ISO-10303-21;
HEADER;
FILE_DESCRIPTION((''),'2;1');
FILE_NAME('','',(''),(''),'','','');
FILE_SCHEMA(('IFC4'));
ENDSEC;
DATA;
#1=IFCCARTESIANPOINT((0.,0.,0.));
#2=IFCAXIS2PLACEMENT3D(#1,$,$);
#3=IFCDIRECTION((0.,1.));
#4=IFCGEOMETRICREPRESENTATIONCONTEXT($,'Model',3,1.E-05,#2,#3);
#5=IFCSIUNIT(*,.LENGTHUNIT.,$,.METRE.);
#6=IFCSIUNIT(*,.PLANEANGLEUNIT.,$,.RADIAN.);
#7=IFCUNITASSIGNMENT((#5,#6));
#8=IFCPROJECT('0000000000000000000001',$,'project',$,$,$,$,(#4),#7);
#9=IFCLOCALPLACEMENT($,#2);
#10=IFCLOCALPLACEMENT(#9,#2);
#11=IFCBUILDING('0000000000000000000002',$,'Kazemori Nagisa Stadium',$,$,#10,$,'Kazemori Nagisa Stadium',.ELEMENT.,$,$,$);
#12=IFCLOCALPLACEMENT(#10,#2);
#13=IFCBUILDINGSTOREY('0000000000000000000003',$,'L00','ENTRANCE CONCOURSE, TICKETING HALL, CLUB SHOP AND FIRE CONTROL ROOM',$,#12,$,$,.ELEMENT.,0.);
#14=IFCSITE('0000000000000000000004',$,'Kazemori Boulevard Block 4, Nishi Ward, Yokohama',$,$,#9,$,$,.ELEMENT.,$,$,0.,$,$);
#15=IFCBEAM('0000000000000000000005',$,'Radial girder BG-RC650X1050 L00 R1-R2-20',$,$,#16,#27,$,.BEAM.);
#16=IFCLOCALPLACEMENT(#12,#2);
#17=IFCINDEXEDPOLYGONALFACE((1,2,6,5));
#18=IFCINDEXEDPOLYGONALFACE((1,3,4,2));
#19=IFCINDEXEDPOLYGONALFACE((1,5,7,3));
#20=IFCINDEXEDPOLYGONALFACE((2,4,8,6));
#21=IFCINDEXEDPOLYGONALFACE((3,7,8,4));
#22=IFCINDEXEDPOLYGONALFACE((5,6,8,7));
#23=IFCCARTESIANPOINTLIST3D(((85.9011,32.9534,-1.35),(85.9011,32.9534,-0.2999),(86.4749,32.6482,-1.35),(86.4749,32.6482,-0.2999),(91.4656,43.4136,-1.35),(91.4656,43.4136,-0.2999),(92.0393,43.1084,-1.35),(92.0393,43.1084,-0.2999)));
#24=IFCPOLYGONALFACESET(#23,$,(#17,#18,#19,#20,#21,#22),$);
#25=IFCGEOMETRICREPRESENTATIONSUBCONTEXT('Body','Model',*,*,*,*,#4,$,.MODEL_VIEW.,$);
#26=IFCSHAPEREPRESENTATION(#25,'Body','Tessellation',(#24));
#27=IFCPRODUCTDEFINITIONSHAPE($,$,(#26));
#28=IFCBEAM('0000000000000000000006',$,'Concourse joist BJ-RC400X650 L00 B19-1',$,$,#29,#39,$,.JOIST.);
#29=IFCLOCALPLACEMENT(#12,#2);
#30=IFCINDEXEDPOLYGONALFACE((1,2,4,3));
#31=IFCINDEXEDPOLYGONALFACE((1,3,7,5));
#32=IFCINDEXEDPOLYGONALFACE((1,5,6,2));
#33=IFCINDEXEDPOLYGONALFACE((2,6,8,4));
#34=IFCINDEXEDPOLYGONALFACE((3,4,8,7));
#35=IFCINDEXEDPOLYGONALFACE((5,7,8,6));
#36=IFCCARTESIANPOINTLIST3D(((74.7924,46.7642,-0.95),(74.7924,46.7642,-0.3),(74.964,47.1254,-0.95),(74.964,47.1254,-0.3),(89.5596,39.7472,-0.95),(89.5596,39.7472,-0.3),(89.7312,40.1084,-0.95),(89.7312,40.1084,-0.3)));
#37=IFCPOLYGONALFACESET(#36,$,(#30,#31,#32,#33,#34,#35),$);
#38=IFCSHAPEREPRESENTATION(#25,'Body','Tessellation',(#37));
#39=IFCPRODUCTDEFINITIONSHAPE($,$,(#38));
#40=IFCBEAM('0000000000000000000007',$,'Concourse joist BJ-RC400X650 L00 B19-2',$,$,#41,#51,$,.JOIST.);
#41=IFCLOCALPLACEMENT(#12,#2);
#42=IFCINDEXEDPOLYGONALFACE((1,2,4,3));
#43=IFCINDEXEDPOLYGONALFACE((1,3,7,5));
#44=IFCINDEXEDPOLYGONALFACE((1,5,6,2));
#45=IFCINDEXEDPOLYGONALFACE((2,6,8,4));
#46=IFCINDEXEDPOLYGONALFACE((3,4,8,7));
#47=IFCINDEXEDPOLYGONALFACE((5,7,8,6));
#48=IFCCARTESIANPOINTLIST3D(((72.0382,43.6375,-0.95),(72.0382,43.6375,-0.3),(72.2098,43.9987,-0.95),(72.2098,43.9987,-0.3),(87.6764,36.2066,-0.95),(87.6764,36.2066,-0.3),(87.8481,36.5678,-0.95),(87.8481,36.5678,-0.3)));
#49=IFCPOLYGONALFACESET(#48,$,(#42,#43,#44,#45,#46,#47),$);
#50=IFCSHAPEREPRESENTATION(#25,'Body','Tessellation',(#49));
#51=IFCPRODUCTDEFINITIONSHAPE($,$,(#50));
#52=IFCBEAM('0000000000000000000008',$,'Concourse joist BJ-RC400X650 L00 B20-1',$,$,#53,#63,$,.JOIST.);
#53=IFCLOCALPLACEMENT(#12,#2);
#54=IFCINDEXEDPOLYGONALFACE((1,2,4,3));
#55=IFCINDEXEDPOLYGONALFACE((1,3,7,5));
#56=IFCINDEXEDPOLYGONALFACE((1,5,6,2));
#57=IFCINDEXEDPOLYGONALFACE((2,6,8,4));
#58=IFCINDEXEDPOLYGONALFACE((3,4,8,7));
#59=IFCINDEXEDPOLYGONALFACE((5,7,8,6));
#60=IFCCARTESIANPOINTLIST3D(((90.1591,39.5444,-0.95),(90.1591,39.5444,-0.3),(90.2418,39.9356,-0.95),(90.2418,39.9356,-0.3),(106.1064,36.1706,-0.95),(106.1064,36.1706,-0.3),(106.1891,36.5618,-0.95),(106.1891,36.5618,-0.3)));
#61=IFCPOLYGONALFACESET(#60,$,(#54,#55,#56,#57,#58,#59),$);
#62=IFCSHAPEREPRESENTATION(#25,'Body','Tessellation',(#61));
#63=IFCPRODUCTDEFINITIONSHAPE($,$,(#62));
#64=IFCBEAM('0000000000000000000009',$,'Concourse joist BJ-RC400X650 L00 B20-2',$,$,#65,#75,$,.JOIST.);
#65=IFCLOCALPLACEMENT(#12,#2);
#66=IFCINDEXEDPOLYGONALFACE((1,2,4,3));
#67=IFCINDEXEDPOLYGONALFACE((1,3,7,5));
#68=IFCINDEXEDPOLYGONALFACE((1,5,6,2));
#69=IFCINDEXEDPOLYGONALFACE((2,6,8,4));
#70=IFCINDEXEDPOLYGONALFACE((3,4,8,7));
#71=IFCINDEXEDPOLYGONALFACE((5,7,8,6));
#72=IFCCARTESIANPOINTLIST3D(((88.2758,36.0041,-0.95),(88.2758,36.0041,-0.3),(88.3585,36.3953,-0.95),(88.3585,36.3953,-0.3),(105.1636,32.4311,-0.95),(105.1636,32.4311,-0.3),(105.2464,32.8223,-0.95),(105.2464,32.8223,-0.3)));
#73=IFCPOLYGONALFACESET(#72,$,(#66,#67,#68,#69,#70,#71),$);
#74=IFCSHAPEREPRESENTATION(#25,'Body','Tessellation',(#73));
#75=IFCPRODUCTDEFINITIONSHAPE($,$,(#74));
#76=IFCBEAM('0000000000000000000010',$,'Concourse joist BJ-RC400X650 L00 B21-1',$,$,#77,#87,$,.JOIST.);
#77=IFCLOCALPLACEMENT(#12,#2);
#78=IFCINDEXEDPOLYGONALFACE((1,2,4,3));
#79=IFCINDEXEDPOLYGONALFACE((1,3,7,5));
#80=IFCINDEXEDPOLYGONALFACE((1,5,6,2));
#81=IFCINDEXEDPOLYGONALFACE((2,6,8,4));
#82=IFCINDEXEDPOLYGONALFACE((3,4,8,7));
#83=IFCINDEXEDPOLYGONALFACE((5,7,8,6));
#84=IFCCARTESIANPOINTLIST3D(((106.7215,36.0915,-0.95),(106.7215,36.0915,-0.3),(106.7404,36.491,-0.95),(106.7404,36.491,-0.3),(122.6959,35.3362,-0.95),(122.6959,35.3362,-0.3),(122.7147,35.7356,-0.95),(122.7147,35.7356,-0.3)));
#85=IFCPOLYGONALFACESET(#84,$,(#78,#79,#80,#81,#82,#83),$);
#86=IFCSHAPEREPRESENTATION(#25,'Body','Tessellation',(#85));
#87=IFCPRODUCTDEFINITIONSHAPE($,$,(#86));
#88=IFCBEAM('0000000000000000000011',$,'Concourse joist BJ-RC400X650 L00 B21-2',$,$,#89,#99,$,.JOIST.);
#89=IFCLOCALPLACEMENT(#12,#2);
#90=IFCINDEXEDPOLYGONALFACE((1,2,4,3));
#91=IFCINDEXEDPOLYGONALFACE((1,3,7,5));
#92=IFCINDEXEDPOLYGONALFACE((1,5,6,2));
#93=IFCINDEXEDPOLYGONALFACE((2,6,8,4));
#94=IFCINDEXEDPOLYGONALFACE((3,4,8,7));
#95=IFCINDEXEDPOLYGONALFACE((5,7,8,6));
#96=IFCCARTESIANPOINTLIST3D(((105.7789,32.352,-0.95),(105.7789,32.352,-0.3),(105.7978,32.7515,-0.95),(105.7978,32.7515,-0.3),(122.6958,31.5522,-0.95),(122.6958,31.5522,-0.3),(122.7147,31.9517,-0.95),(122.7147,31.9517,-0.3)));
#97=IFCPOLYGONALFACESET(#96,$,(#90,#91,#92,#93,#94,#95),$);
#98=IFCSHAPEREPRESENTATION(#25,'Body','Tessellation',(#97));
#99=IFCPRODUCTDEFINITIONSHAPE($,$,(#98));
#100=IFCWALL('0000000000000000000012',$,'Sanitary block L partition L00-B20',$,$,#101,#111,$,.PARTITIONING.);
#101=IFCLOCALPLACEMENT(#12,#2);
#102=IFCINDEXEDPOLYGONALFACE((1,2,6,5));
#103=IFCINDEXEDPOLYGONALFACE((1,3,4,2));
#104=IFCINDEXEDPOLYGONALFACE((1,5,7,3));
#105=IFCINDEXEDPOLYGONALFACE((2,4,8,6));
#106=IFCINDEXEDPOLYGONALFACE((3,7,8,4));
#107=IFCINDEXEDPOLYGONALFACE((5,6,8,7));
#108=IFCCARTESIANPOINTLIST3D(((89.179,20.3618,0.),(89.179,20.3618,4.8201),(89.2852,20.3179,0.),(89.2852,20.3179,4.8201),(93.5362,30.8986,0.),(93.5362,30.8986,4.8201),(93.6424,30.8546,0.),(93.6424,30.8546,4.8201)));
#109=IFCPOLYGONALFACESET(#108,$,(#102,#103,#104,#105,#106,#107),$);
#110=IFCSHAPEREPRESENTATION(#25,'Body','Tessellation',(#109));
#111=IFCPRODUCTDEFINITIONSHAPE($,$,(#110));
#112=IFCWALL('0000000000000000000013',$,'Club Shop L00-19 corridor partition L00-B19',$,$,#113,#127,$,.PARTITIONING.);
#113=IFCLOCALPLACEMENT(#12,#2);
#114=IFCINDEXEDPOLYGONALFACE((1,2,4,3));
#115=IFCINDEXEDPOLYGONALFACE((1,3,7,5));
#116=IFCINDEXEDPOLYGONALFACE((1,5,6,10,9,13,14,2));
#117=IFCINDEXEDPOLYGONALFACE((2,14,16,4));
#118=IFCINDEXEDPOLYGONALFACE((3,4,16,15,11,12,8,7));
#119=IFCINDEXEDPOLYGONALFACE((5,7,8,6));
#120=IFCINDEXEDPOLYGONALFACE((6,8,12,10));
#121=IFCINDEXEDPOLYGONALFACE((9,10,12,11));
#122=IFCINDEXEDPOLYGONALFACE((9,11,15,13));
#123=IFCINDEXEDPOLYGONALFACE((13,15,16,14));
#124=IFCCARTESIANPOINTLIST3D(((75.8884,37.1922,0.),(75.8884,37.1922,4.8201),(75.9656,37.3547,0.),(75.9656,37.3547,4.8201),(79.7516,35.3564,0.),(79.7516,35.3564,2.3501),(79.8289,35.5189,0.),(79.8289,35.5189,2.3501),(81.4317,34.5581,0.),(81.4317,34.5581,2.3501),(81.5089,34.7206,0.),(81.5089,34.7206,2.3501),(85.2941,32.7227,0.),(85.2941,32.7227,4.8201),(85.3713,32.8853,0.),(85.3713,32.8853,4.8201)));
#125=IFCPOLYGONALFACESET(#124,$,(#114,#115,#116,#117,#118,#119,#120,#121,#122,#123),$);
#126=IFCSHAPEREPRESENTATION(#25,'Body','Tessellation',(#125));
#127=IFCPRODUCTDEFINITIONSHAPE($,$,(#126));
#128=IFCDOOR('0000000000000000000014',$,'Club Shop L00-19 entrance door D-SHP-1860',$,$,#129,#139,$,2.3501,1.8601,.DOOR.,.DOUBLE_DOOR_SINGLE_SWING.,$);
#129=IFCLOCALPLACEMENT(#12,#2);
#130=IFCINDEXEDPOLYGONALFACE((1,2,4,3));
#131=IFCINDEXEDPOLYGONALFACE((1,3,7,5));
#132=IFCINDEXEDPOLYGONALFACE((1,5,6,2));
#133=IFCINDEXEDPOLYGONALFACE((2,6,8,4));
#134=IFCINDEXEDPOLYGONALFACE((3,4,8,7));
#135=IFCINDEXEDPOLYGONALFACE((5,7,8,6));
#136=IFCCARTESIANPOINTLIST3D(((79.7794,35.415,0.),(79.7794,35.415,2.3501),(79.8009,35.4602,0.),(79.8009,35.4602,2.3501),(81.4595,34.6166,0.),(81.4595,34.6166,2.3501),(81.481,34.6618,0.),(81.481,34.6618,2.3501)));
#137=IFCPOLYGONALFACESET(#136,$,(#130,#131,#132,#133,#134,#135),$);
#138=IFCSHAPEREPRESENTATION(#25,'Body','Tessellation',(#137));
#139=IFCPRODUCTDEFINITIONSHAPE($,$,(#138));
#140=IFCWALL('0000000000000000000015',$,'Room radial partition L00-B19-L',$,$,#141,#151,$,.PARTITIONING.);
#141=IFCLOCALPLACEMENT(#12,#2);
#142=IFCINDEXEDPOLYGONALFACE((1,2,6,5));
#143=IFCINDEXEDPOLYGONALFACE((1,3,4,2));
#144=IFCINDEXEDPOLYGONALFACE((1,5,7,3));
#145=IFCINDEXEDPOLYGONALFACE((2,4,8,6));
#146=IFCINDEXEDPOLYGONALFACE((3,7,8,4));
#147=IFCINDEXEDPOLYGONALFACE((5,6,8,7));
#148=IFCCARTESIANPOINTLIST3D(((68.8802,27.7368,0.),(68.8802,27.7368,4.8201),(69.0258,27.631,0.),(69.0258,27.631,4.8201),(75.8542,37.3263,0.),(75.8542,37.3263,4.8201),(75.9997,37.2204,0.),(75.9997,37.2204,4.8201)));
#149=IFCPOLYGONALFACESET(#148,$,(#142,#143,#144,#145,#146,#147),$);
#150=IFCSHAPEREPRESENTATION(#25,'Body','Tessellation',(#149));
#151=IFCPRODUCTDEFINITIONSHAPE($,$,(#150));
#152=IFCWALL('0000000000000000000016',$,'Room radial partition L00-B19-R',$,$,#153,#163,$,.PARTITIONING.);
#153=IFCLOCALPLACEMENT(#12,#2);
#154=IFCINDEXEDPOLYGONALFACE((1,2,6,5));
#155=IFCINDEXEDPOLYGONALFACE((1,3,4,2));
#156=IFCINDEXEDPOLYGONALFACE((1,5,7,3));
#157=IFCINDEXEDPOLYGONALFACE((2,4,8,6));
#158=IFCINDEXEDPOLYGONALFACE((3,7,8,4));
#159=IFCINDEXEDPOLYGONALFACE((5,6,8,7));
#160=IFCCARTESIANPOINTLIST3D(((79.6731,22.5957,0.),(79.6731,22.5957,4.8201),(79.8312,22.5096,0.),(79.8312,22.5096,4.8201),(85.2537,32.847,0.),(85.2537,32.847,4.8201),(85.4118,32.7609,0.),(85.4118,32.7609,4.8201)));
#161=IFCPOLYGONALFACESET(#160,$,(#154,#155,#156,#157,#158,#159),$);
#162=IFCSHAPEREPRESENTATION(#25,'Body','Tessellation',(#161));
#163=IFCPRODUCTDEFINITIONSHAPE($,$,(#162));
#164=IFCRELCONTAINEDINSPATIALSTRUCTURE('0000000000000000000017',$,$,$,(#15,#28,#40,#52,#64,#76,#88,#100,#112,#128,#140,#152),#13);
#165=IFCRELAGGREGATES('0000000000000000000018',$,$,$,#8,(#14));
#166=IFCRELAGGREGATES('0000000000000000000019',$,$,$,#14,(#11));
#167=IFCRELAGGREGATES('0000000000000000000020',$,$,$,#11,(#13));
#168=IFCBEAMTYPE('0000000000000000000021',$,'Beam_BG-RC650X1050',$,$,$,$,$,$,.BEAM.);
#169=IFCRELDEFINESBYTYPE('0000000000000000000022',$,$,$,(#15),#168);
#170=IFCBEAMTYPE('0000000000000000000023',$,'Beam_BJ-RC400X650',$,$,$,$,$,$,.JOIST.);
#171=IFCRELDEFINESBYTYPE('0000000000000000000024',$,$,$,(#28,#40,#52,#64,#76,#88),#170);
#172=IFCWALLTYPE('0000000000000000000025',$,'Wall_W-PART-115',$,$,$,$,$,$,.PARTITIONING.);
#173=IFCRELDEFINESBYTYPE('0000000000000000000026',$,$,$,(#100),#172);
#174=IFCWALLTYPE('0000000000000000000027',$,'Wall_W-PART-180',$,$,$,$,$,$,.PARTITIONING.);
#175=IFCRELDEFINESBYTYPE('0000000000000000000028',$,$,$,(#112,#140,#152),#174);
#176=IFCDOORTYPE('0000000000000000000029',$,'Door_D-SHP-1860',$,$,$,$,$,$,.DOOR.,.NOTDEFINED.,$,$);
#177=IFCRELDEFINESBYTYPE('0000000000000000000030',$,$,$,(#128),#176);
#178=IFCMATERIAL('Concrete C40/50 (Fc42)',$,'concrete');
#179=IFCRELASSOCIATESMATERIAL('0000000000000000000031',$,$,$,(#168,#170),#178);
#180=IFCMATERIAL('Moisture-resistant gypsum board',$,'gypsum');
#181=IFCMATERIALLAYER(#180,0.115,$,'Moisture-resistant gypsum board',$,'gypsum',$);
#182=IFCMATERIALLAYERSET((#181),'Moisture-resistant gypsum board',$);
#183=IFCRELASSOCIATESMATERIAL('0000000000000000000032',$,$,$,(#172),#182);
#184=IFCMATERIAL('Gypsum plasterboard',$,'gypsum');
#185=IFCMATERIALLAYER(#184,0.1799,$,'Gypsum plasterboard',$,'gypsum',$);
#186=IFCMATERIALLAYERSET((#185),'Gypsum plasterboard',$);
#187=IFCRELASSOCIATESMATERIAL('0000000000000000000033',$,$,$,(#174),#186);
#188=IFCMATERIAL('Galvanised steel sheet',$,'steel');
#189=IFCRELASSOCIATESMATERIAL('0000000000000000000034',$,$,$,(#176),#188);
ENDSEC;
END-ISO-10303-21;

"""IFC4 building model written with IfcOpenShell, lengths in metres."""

from ifc_helpers import new_model, si_unit, direction, frame, frame_2d, origin, origin_2d, place, context, subcontext, project, spatial, rectangle, extrude, material, layer, layer_set, material_profile, profile_set, type_object, element, fill, save


model = new_model("IFC4")

# Units and contexts
model_context = context("Model", 3, precision=1e-05, world=origin(), true_north=direction((0.0, 1.0)))
body_context = subcontext(model_context, "Body", "Model", "MODEL_VIEW")
ifc_project = project(units=[si_unit("LENGTHUNIT", "METRE"), si_unit("PLANEANGLEUNIT", "RADIAN")], contexts=[model_context])

# Site, building, storey
site_placement = place(None, origin())
site = spatial("IfcSite", under=ifc_project, at=site_placement, Name="Kazemori Boulevard Block 4, Nishi Ward, Yokohama", CompositionType="ELEMENT", RefElevation=0.0)
building_placement = place(site_placement, origin())
building = spatial("IfcBuilding", under=site, at=building_placement, Name="Kazemori Nagisa Stadium", LongName="Kazemori Nagisa Stadium", CompositionType="ELEMENT")
storey_placement = place(building_placement, origin())
storey = spatial("IfcBuildingStorey", under=building, at=storey_placement, Name="L00", Description="ENTRANCE CONCOURSE, TICKETING HALL, CLUB SHOP AND FIRE CONTROL ROOM", CompositionType="ELEMENT", Elevation=0.0)

# Shared definitions
ifc_material_1 = material(Name="Concrete C40/50 (Fc42)", Category="concrete")

# Beams
ifc_material_profile_1 = material_profile(ifc_material_1, rectangle(XDim=0.6499, YDim=1.05, at=origin_2d()), Name="RC-BM-650x1050")
ifc_profile_set_1 = profile_set([ifc_material_profile_1], Name="Concrete C40/50 (Fc42)")
beam_type_1 = type_object("IfcBeamType", Name="Beam_BG-RC650X1050", PredefinedType="BEAM", material=ifc_profile_set_1)
beam_1_placement = place(storey_placement, frame((91.7524, 43.261, -0.825), z_axis=(-0.469647, -0.882854, 0.0), x_axis=(0.882854, -0.469647, 0.0)))
element("IfcBeam", 1, at=beam_1_placement, inside=storey, type_object=beam_type_1, Name="Radial girder BG-RC650X1050 L00 R1-R2-20", PredefinedType="BEAM", context=body_context, shape_type="SweptSolid", body=[
    extrude(rectangle(XDim=0.6499, YDim=1.05, at=origin_2d()), origin(), (0.0, 0.0, 1.0), 11.8481),
])
ifc_material_profile_2 = material_profile(ifc_material_1, rectangle(XDim=0.3999, YDim=0.6499, at=origin_2d()), Name="RC-BM-400x650")
ifc_profile_set_2 = profile_set([ifc_material_profile_2], Name="Concrete C40/50 (Fc42)")
beam_type_2 = type_object("IfcBeamType", Name="Beam_BJ-RC400X650", PredefinedType="JOIST", material=ifc_profile_set_2)
beam_2_placement = place(storey_placement, frame((74.8782, 46.9448, -0.625), z_axis=(0.903216, -0.429187, 0.0), x_axis=(0.429187, 0.903216, 0.0)))
element("IfcBeam", 2, at=beam_2_placement, inside=storey, type_object=beam_type_2, Name="Concourse joist BJ-RC400X650 L00 B19-1", PredefinedType="JOIST", context=body_context, shape_type="SweptSolid", body=[
    extrude(rectangle(XDim=0.3999, YDim=0.6499, at=origin_2d()), origin(), (0.0, 0.0, 1.0), 16.3496),
])
beam_3_placement = place(storey_placement, frame((72.124, 43.8181, -0.625), z_axis=(0.903215, -0.429187, 0.0), x_axis=(0.429187, 0.903215, 0.0)))
element("IfcBeam", 3, at=beam_3_placement, inside=storey, type_object=beam_type_2, Name="Concourse joist BJ-RC400X650 L00 B19-2", PredefinedType="JOIST", context=body_context, shape_type="SweptSolid", body=[
    extrude(rectangle(XDim=0.3999, YDim=0.6499, at=origin_2d()), origin(), (0.0, 0.0, 1.0), 17.314),
])
beam_4_placement = place(storey_placement, frame((90.2004, 39.74, -0.625), z_axis=(0.978346, -0.206977, 0.0), x_axis=(0.206977, 0.978346, 0.0)))
element("IfcBeam", 4, at=beam_4_placement, inside=storey, type_object=beam_type_2, Name="Concourse joist BJ-RC400X650 L00 B20-1", PredefinedType="JOIST", context=body_context, shape_type="SweptSolid", body=[
    extrude(rectangle(XDim=0.3999, YDim=0.6499, at=origin_2d()), origin(), (0.0, 0.0, 1.0), 16.3003),
])
beam_5_placement = place(storey_placement, frame((88.3171, 36.1997, -0.625), z_axis=(0.978343, -0.206989, 0.0), x_axis=(0.206989, 0.978343, 0.0)))
element("IfcBeam", 5, at=beam_5_placement, inside=storey, type_object=beam_type_2, Name="Concourse joist BJ-RC400X650 L00 B20-2", PredefinedType="JOIST", context=body_context, shape_type="SweptSolid", body=[
    extrude(rectangle(XDim=0.3999, YDim=0.6499, at=origin_2d()), origin(), (0.0, 0.0, 1.0), 17.2617),
])
beam_6_placement = place(storey_placement, frame((106.731, 36.2913, -0.625), z_axis=(0.998884, -0.047234, 0.0), x_axis=(0.047234, 0.998884, 0.0)))
element("IfcBeam", 6, at=beam_6_placement, inside=storey, type_object=beam_type_2, Name="Concourse joist BJ-RC400X650 L00 B21-1", PredefinedType="JOIST", context=body_context, shape_type="SweptSolid", body=[
    extrude(rectangle(XDim=0.3999, YDim=0.6499, at=origin_2d()), origin(), (0.0, 0.0, 1.0), 15.9922),
])
beam_7_placement = place(storey_placement, frame((105.7883, 32.5518, -0.625), z_axis=(0.998884, -0.047225, 0.0), x_axis=(0.047225, 0.998884, 0.0)))
element("IfcBeam", 7, at=beam_7_placement, inside=storey, type_object=beam_type_2, Name="Concourse joist BJ-RC400X650 L00 B21-2", PredefinedType="JOIST", context=body_context, shape_type="SweptSolid", body=[
    extrude(rectangle(XDim=0.3999, YDim=0.6499, at=origin_2d()), origin(), (0.0, 0.0, 1.0), 16.9358),
])

# Wall
ifc_material_2 = material(Name="Moisture-resistant gypsum board", Category="gypsum")
ifc_layer_1 = layer(ifc_material_2, 0.115, Name="Moisture-resistant gypsum board", Category="gypsum")
ifc_layer_set_1 = layer_set([ifc_layer_1], Name="Moisture-resistant gypsum board")
wall_type_1 = type_object("IfcWallType", Name="Wall_W-PART-115", PredefinedType="PARTITIONING", material=ifc_layer_set_1)
wall_1_placement = place(storey_placement, frame((93.5894, 30.8767, 0.0), z_axis=(0.0, 0.0, 1.0), x_axis=(-0.382142, -0.924104, 0.0)))
element("IfcWall", 8, at=wall_1_placement, inside=storey, type_object=wall_type_1, Name="Sanitary block L partition L00-B20", PredefinedType="PARTITIONING", context=body_context, shape_type="SweptSolid", body=[
    extrude(rectangle(XDim=11.4021, YDim=0.115, at=frame_2d((5.7012, 0.0))), origin(), (0.0, 0.0, 1.0), 4.8201),
])

# Wall, opening, door
ifc_material_3 = material(Name="Gypsum plasterboard", Category="gypsum")
ifc_layer_2 = layer(ifc_material_3, 0.1799, Name="Gypsum plasterboard", Category="gypsum")
ifc_layer_set_2 = layer_set([ifc_layer_2], Name="Gypsum plasterboard")
wall_type_2 = type_object("IfcWallType", Name="Wall_W-PART-180", PredefinedType="PARTITIONING", material=ifc_layer_set_2)
wall_2_placement = place(storey_placement, frame((75.927, 37.2734, 0.0), z_axis=(0.0, 0.0, 1.0), x_axis=(0.903213, -0.429194, 0.0)))
wall_2 = element("IfcWall", 9, at=wall_2_placement, inside=storey, type_object=wall_type_2, Name="Club Shop L00-19 corridor partition L00-B19", PredefinedType="PARTITIONING", context=body_context, shape_type="SweptSolid", body=[
    extrude(rectangle(XDim=10.4136, YDim=0.1799, at=frame_2d((5.2068, 0.0))), origin(), (0.0, 0.0, 1.0), 4.8201),
])
opening_placement = place(wall_2_placement, frame((4.2771, 0.0, 0.0)))
opening = element("IfcOpeningElement", 10, at=opening_placement, cuts=wall_2, PredefinedType="OPENING", context=body_context, shape_type="SweptSolid", body=[
    extrude(rectangle(XDim=1.8601, YDim=2.3501, at=frame_2d((0.9302, 1.175))), frame((0.0, 0.0999, 0.0), z_axis=(0.0, -1.0, 0.0), x_axis=(1.0, 0.0, 0.0)), (0.0, 0.0, 1.0), 0.2),
])
ifc_material_4 = material(Name="Galvanised steel sheet", Category="steel")
door_type = type_object("IfcDoorType", Name="Door_D-SHP-1860", OperationType="NOTDEFINED", PredefinedType="DOOR", material=ifc_material_4)
door_placement = place(opening_placement, origin())
door = element("IfcDoor", 11, at=door_placement, inside=storey, type_object=door_type, Name="Club Shop L00-19 entrance door D-SHP-1860", OperationType="DOUBLE_DOOR_SINGLE_SWING", OverallHeight=2.3501, OverallWidth=1.8601, PredefinedType="DOOR", context=body_context, shape_type="SweptSolid", body=[
    extrude(rectangle(XDim=1.8601, YDim=2.3501, at=frame_2d((0.9302, 1.175))), frame((0.0, 0.0249, 0.0), z_axis=(0.0, -1.0, 0.0), x_axis=(1.0, 0.0, 0.0)), (0.0, 0.0, 1.0), 0.05),
])
fill(opening, door)

# Walls
wall_3_placement = place(storey_placement, frame((75.927, 37.2734, 0.0), z_axis=(0.0, 0.0, 1.0), x_axis=(-0.588161, -0.808744, 0.0)))
element("IfcWall", 12, at=wall_3_placement, inside=storey, type_object=wall_type_2, Name="Room radial partition L00-B19-L", PredefinedType="PARTITIONING", context=body_context, shape_type="SweptSolid", body=[
    extrude(rectangle(XDim=11.8572, YDim=0.1799, at=frame_2d((5.9287, 0.0))), origin(), (0.0, 0.0, 1.0), 4.8201),
])
wall_4_placement = place(storey_placement, frame((85.3328, 32.804, 0.0), z_axis=(0.0, 0.0, 1.0), x_axis=(-0.478125, -0.878292, 0.0)))
element("IfcWall", 13, at=wall_4_placement, inside=storey, type_object=wall_type_2, Name="Room radial partition L00-B19-R", PredefinedType="PARTITIONING", context=body_context, shape_type="SweptSolid", body=[
    extrude(rectangle(XDim=11.6719, YDim=0.1799, at=frame_2d((5.8359, 0.0))), origin(), (0.0, 0.0, 1.0), 4.8201),
])

save(model, "model.ifc")
